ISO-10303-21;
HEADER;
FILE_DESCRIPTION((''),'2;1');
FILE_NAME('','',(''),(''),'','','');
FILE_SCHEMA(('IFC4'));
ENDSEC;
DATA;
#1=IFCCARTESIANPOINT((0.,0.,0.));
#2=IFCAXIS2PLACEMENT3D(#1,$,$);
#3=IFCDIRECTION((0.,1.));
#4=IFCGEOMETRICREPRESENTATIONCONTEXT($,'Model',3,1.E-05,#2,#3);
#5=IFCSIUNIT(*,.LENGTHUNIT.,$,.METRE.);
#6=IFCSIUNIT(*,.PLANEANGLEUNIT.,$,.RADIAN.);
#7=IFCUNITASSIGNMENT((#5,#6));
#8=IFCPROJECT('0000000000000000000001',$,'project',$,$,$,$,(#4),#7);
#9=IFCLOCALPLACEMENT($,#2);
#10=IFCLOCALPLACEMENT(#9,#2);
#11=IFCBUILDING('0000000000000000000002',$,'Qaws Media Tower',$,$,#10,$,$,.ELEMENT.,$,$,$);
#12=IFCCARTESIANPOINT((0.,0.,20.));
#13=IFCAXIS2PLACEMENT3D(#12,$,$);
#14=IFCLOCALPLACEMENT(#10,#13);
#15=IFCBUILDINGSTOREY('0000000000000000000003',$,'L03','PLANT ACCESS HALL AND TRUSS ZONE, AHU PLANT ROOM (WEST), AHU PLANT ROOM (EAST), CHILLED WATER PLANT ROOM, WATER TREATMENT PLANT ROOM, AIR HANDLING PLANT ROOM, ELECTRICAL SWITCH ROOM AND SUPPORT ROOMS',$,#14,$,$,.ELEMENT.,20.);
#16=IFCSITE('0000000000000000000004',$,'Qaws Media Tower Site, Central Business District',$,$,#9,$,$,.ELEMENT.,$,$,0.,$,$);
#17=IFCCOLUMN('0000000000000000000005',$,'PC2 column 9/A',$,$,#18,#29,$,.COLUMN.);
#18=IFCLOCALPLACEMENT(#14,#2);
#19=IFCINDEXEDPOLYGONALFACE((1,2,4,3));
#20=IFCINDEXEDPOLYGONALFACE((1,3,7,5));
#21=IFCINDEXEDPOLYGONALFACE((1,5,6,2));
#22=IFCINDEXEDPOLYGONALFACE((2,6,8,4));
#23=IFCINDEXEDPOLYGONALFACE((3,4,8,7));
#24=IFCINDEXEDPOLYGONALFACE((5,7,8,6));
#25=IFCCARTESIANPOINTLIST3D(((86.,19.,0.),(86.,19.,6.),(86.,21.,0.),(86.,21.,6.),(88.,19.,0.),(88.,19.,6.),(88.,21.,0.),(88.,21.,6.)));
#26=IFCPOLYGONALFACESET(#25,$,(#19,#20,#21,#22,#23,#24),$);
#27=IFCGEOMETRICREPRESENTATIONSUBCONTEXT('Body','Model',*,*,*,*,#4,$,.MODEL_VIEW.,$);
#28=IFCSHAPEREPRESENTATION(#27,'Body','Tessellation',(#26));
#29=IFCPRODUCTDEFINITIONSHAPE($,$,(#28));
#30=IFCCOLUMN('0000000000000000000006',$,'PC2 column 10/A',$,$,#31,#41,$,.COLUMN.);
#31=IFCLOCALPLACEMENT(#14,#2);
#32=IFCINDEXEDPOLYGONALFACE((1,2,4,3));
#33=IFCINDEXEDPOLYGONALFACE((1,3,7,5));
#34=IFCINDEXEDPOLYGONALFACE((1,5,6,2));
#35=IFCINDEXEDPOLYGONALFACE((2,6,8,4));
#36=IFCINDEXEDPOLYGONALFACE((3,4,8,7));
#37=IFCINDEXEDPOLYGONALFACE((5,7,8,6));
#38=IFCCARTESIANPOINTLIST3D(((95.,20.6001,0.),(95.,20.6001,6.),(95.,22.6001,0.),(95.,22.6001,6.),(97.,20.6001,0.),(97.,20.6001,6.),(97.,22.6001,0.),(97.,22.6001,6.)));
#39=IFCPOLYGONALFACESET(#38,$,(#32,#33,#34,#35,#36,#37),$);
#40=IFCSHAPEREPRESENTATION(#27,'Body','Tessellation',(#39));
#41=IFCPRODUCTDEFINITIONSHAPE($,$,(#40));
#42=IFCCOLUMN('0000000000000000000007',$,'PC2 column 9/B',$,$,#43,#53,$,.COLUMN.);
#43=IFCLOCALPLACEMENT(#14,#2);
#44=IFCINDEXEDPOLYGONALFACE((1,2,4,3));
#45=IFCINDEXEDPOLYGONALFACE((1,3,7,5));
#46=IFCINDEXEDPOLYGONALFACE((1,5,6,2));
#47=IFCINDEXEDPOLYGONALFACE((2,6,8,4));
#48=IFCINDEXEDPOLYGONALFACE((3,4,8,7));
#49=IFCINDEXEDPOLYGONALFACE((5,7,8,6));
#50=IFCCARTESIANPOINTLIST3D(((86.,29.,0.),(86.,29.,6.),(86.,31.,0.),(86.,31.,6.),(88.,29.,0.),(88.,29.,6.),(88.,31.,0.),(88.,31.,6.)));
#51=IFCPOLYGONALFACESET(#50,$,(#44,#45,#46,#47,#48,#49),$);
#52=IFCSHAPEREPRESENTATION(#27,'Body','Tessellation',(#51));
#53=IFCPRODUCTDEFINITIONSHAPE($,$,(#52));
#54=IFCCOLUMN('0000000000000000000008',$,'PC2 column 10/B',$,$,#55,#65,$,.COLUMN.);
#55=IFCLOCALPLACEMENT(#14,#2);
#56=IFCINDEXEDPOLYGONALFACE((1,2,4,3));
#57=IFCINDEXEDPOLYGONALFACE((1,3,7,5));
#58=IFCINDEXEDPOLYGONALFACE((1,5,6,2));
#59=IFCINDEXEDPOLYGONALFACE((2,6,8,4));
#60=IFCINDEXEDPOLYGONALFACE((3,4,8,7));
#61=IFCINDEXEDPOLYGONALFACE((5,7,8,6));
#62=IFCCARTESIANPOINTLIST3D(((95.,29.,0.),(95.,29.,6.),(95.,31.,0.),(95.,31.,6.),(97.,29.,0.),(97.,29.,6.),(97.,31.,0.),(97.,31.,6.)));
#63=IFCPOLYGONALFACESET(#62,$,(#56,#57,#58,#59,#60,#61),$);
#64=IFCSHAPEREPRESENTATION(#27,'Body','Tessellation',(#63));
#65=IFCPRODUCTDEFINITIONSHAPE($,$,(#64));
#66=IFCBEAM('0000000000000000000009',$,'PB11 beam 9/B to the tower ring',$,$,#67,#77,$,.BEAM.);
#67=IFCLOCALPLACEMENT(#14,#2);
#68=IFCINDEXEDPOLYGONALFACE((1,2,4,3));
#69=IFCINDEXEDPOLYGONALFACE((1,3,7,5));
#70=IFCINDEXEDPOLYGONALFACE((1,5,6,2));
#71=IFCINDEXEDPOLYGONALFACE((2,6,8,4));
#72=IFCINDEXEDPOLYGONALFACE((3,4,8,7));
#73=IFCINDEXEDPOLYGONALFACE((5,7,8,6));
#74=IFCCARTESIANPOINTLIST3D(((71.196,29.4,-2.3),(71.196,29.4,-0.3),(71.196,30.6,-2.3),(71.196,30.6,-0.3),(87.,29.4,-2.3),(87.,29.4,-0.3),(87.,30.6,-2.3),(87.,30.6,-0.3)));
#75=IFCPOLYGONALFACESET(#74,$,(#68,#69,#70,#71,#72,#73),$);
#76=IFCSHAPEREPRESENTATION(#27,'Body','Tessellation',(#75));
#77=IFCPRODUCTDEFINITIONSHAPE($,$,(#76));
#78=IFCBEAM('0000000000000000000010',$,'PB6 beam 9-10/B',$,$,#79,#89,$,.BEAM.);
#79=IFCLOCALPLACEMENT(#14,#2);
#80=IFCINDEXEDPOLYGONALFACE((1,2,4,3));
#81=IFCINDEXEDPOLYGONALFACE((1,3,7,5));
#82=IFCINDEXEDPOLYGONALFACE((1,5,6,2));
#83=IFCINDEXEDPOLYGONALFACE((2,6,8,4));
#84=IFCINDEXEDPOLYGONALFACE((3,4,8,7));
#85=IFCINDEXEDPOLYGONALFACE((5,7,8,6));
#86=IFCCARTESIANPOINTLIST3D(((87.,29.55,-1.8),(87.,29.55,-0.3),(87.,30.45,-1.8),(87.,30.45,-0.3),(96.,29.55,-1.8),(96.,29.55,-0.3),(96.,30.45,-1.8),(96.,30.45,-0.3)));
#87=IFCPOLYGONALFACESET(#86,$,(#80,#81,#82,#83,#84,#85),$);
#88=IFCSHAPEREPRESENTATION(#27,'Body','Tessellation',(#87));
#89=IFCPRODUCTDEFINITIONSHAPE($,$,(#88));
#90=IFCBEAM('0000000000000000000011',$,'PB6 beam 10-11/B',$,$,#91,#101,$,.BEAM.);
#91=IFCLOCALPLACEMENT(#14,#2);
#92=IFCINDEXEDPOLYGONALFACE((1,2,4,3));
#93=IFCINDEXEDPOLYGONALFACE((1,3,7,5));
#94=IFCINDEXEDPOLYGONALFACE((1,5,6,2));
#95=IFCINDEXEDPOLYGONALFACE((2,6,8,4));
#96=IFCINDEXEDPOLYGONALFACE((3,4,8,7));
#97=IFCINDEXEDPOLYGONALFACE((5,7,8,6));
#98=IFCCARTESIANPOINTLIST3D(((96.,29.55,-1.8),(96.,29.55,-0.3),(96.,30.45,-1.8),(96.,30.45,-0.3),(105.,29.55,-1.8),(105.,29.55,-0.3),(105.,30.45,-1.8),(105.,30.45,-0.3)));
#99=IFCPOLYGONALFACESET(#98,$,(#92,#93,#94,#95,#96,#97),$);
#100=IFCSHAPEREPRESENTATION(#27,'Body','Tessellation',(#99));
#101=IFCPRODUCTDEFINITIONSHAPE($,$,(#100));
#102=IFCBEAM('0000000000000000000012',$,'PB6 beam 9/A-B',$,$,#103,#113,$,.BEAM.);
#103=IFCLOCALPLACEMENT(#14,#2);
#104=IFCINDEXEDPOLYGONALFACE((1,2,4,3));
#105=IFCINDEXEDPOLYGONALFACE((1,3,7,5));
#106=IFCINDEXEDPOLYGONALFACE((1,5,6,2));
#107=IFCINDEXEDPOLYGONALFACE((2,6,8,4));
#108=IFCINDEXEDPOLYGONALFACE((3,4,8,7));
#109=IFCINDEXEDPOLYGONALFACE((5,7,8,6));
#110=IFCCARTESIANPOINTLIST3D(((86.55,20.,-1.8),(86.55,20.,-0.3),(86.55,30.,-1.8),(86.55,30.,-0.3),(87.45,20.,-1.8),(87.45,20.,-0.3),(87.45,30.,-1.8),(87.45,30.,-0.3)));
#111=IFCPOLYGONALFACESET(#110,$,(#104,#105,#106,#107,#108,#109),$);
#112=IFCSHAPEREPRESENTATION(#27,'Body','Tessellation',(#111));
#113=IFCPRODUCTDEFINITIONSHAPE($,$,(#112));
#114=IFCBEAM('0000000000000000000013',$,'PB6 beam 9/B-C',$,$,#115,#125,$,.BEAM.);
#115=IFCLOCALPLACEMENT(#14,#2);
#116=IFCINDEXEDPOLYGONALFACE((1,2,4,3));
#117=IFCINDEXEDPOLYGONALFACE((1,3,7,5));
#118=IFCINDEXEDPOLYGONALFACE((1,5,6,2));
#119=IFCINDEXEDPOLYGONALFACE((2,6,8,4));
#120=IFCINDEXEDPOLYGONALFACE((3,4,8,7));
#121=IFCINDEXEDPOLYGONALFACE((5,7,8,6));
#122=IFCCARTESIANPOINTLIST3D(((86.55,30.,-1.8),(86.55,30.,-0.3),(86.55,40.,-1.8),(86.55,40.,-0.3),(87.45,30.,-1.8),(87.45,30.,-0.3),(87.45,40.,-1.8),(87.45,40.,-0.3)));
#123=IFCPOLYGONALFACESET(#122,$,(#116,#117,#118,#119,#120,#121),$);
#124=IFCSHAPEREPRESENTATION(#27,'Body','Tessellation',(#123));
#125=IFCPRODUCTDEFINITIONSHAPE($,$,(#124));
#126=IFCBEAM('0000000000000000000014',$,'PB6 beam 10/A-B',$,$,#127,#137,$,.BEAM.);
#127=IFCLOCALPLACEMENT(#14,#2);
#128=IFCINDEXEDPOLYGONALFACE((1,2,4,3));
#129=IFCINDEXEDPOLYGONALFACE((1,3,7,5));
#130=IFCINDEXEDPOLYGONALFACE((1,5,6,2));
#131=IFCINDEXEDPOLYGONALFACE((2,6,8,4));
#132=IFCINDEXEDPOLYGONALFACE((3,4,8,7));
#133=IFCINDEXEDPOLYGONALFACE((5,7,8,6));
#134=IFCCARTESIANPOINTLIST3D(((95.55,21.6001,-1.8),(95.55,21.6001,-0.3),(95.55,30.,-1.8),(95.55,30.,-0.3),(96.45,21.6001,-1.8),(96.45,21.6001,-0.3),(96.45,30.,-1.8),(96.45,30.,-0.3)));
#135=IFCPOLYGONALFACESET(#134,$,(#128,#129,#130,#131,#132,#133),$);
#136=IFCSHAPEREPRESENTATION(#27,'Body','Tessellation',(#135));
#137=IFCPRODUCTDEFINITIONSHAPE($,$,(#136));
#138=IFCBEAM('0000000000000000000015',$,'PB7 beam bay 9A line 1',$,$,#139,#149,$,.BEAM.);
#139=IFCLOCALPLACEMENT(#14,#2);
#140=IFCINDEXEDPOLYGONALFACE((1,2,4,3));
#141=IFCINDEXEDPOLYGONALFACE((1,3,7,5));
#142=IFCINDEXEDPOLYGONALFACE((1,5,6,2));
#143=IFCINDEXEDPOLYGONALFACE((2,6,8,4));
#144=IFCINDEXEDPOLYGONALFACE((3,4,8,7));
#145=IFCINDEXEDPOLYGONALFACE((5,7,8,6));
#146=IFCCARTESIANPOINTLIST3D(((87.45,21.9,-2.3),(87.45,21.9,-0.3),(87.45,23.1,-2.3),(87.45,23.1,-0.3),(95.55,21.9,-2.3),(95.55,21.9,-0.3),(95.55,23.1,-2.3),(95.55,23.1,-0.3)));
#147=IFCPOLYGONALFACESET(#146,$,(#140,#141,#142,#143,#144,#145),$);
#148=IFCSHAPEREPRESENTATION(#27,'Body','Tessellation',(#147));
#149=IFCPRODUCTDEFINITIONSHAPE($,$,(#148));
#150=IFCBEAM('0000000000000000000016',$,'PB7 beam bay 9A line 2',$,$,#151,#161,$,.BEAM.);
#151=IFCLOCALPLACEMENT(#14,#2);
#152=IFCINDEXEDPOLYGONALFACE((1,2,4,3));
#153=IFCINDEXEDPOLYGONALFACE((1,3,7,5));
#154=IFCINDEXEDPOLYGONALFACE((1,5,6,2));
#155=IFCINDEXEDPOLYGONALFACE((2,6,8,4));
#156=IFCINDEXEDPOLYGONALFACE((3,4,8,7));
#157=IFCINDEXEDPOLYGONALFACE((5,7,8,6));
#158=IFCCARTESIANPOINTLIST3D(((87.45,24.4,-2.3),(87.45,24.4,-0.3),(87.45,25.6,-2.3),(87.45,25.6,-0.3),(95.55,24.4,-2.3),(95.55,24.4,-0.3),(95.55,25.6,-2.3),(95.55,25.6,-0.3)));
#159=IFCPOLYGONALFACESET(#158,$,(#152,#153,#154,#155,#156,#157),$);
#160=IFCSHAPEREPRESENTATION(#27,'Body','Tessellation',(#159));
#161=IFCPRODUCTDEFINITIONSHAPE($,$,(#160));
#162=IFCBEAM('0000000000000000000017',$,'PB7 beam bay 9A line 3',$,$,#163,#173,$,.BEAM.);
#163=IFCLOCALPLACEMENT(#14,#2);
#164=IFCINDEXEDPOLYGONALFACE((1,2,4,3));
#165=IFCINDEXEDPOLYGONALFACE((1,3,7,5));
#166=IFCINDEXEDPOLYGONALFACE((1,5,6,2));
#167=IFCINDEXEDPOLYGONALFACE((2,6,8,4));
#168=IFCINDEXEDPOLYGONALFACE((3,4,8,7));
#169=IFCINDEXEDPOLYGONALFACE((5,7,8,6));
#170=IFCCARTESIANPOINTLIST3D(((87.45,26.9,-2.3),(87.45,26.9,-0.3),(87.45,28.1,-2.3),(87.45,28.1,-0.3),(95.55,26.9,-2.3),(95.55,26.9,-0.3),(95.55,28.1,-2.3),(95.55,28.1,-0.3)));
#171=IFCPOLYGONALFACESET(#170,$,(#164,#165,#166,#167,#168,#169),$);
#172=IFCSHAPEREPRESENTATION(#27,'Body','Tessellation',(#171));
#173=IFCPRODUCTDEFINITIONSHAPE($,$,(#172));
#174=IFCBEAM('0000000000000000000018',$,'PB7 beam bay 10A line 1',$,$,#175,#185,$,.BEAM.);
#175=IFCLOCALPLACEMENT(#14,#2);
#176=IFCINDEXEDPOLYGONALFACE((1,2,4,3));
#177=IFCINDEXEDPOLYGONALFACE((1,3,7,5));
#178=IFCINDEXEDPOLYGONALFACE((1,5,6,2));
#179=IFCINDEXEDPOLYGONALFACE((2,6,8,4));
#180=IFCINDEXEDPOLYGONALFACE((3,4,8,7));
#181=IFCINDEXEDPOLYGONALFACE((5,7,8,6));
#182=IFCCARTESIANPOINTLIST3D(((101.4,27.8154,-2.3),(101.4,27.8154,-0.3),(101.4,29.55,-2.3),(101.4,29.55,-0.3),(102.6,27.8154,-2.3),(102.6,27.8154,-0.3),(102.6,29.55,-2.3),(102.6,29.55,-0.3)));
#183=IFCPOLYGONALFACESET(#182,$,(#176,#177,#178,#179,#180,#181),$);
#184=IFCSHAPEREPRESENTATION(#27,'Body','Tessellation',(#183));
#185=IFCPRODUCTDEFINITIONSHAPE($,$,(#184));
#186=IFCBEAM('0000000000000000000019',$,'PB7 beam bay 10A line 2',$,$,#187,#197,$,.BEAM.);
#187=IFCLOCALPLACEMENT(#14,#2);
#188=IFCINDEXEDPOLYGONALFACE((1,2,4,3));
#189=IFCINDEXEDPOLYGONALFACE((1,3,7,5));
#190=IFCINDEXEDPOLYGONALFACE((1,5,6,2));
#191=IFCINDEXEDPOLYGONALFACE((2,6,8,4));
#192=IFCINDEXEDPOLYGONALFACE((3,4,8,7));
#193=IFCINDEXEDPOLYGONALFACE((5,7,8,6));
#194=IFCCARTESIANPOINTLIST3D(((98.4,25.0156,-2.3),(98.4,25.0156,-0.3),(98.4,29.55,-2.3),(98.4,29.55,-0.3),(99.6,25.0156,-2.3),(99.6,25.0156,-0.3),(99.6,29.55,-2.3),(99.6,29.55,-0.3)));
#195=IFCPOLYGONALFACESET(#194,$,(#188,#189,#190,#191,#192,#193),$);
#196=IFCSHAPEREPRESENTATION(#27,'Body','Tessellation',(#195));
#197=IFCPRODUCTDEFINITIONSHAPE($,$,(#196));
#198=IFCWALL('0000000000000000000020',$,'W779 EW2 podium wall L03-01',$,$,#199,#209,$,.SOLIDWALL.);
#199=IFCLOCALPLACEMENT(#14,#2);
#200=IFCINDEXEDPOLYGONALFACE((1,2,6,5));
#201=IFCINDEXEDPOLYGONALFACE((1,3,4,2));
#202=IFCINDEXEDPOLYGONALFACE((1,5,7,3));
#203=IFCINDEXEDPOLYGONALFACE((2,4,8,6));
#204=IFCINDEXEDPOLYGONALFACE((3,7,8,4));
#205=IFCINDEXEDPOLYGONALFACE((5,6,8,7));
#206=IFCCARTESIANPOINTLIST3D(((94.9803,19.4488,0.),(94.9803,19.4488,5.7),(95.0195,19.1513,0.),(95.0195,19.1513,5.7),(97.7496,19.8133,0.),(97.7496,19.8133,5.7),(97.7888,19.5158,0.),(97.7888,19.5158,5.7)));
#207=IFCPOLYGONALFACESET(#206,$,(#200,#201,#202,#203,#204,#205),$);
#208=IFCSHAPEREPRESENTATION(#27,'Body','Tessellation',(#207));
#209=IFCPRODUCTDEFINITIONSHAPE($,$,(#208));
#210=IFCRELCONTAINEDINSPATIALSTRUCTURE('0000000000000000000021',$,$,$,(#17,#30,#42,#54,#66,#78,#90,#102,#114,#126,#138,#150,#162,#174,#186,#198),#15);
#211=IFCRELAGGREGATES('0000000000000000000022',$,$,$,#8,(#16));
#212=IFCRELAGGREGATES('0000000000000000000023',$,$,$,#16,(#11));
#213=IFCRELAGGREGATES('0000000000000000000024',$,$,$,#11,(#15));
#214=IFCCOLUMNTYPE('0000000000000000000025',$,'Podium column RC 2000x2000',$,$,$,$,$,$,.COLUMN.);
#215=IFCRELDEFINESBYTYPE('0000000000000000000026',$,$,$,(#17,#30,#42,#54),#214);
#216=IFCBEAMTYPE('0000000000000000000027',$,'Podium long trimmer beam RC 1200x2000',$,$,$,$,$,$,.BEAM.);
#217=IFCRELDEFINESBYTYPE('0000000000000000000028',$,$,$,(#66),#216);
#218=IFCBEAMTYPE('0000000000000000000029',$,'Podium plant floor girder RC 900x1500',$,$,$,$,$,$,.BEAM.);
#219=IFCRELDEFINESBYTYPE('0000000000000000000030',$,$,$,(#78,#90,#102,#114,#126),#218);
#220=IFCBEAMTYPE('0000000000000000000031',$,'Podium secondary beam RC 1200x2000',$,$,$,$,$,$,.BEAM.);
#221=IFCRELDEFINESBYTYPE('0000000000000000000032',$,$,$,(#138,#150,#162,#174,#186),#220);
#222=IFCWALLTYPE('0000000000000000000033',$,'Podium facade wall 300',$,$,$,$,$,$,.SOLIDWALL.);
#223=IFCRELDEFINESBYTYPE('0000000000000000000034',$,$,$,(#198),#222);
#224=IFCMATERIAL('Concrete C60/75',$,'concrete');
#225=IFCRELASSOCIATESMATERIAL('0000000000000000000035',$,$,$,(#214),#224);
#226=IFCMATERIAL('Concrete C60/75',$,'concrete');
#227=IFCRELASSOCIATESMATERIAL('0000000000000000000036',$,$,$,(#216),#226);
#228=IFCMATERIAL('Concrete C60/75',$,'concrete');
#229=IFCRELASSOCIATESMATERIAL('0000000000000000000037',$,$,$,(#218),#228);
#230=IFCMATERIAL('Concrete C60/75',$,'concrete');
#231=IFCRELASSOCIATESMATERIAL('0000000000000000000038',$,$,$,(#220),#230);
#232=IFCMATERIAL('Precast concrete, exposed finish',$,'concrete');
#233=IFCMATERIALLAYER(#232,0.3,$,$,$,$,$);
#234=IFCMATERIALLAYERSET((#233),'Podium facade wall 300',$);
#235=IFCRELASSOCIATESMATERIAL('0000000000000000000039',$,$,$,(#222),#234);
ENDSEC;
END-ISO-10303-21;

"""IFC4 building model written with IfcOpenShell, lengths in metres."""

from ifc_helpers import new_model, si_unit, direction, frame, frame_2d, origin, origin_2d, place, context, subcontext, project, spatial, rectangle, extrude, material, layer, layer_set, material_profile, profile_set, type_object, element, save


model = new_model("IFC4")

# Units and contexts
model_context = context("Model", 3, precision=1e-05, world=origin(), true_north=direction((0.0, 1.0)))
body_context = subcontext(model_context, "Body", "Model", "MODEL_VIEW")
ifc_project = project(units=[si_unit("LENGTHUNIT", "METRE"), si_unit("PLANEANGLEUNIT", "RADIAN")], contexts=[model_context])

# Site, building, storey
site_placement = place(None, origin())
site = spatial("IfcSite", under=ifc_project, at=site_placement, Name="Qaws Media Tower Site, Central Business District", CompositionType="ELEMENT", RefElevation=0.0)
building_placement = place(site_placement, origin())
building = spatial("IfcBuilding", under=site, at=building_placement, Name="Qaws Media Tower", CompositionType="ELEMENT")
storey_placement = place(building_placement, frame((0.0, 0.0, 20.0)))
storey = spatial("IfcBuildingStorey", under=building, at=storey_placement, Name="L03", Description="PLANT ACCESS HALL AND TRUSS ZONE, AHU PLANT ROOM (WEST), AHU PLANT ROOM (EAST), CHILLED WATER PLANT ROOM, WATER TREATMENT PLANT ROOM, AIR HANDLING PLANT ROOM, ELECTRICAL SWITCH ROOM AND SUPPORT ROOMS", CompositionType="ELEMENT", Elevation=20.0)

# Columns
ifc_material_1 = material(Name="Concrete C60/75", Category="concrete")
ifc_material_profile_1 = material_profile(ifc_material_1, rectangle(XDim=2.0, YDim=2.0, at=origin_2d()), Name="RC 2000x2000")
ifc_profile_set_1 = profile_set([ifc_material_profile_1], Name="Concrete C60/75")
column_type = type_object("IfcColumnType", Name="Podium column RC 2000x2000", PredefinedType="COLUMN", material=ifc_profile_set_1)
for number, where, z_axis, x_axis, name in (
    (1, (87.0, 20.0, 0.0), (0.0, 0.0, 1.0), (1.0, 0.0, 0.0), "PC2 column 9/A"),
    (2, (96.0, 21.6001, 0.0), (0.0, 0.0, 1.0), (1.0, 0.0, 0.0), "PC2 column 10/A"),
    (3, (87.0, 30.0, 0.0), (0.0, 0.0, 1.0), (1.0, 0.0, 0.0), "PC2 column 9/B"),
    (4, (96.0, 30.0, 0.0), (0.0, 0.0, 1.0), (1.0, 0.0, 0.0), "PC2 column 10/B"),
):
    element("IfcColumn", number, at=place(storey_placement, frame(where, z_axis=z_axis, x_axis=x_axis)), inside=storey, type_object=column_type, Name=name, PredefinedType="COLUMN", context=body_context, shape_type="SweptSolid", body=[
        extrude(rectangle(XDim=2.0, YDim=2.0, at=origin_2d()), origin(), (0.0, 0.0, 1.0), 6.0),
    ])

# Beams
ifc_material_2 = material(Name="Concrete C60/75", Category="concrete")
ifc_material_profile_2 = material_profile(ifc_material_2, rectangle(XDim=1.2, YDim=2.0, at=origin_2d()), Name="RC 1200x2000")
ifc_profile_set_2 = profile_set([ifc_material_profile_2], Name="Concrete C60/75")
beam_type_1 = type_object("IfcBeamType", Name="Podium long trimmer beam RC 1200x2000", PredefinedType="BEAM", material=ifc_profile_set_2)
beam_1_placement = place(storey_placement, frame((87.0, 30.0, -1.3), z_axis=(-1.0, 0.0, 0.0), x_axis=(0.0, -1.0, 0.0)))
element("IfcBeam", 5, at=beam_1_placement, inside=storey, type_object=beam_type_1, Name="PB11 beam 9/B to the tower ring", PredefinedType="BEAM", context=body_context, shape_type="SweptSolid", body=[
    extrude(rectangle(XDim=1.2, YDim=2.0, at=origin_2d()), origin(), (0.0, 0.0, 1.0), 15.804),
])
ifc_material_3 = material(Name="Concrete C60/75", Category="concrete")
ifc_material_profile_3 = material_profile(ifc_material_3, rectangle(XDim=0.8999, YDim=1.5, at=origin_2d()), Name="RC 900x1500")
ifc_profile_set_3 = profile_set([ifc_material_profile_3], Name="Concrete C60/75")
beam_type_2 = type_object("IfcBeamType", Name="Podium plant floor girder RC 900x1500", PredefinedType="BEAM", material=ifc_profile_set_3)
for number, where, z_axis, x_axis, name in (
    (6, (87.0, 30.0, -1.05), (1.0, 0.0, 0.0), (0.0, 1.0, 0.0), "PB6 beam 9-10/B"),
    (7, (96.0, 30.0, -1.05), (1.0, 0.0, 0.0), (0.0, 1.0, 0.0), "PB6 beam 10-11/B"),
):
    element("IfcBeam", number, at=place(storey_placement, frame(where, z_axis=z_axis, x_axis=x_axis)), inside=storey, type_object=beam_type_2, Name=name, PredefinedType="BEAM", context=body_context, shape_type="SweptSolid", body=[
        extrude(rectangle(XDim=0.8999, YDim=1.5, at=origin_2d()), origin(), (0.0, 0.0, 1.0), 9.0),
    ])
for number, where, z_axis, x_axis, name in (
    (8, (87.0, 20.0, -1.05), (0.0, 1.0, 0.0), (-1.0, 0.0, 0.0), "PB6 beam 9/A-B"),
    (9, (87.0, 30.0, -1.05), (0.0, 1.0, 0.0), (-1.0, 0.0, 0.0), "PB6 beam 9/B-C"),
):
    element("IfcBeam", number, at=place(storey_placement, frame(where, z_axis=z_axis, x_axis=x_axis)), inside=storey, type_object=beam_type_2, Name=name, PredefinedType="BEAM", context=body_context, shape_type="SweptSolid", body=[
        extrude(rectangle(XDim=0.8999, YDim=1.5, at=origin_2d()), origin(), (0.0, 0.0, 1.0), 10.0),
    ])
beam_2_placement = place(storey_placement, frame((96.0, 21.6001, -1.05), z_axis=(0.0, 1.0, 0.0), x_axis=(-1.0, 0.0, 0.0)))
element("IfcBeam", 10, at=beam_2_placement, inside=storey, type_object=beam_type_2, Name="PB6 beam 10/A-B", PredefinedType="BEAM", context=body_context, shape_type="SweptSolid", body=[
    extrude(rectangle(XDim=0.8999, YDim=1.5, at=origin_2d()), origin(), (0.0, 0.0, 1.0), 8.3999),
])
ifc_material_4 = material(Name="Concrete C60/75", Category="concrete")
ifc_material_profile_4 = material_profile(ifc_material_4, rectangle(XDim=1.2, YDim=2.0, at=origin_2d()), Name="RC 1200x2000")
ifc_profile_set_4 = profile_set([ifc_material_profile_4], Name="Concrete C60/75")
beam_type_3 = type_object("IfcBeamType", Name="Podium secondary beam RC 1200x2000", PredefinedType="BEAM", material=ifc_profile_set_4)
for number, where, z_axis, x_axis, name in (
    (11, (87.45, 22.5, -1.3), (1.0, 0.0, 0.0), (0.0, 1.0, 0.0), "PB7 beam bay 9A line 1"),
    (12, (87.45, 25.0, -1.3), (1.0, 0.0, 0.0), (0.0, 1.0, 0.0), "PB7 beam bay 9A line 2"),
    (13, (87.45, 27.5, -1.3), (1.0, 0.0, 0.0), (0.0, 1.0, 0.0), "PB7 beam bay 9A line 3"),
):
    element("IfcBeam", number, at=place(storey_placement, frame(where, z_axis=z_axis, x_axis=x_axis)), inside=storey, type_object=beam_type_3, Name=name, PredefinedType="BEAM", context=body_context, shape_type="SweptSolid", body=[
        extrude(rectangle(XDim=1.2, YDim=2.0, at=origin_2d()), origin(), (0.0, 0.0, 1.0), 8.1001),
    ])
beam_3_placement = place(storey_placement, frame((102.0, 27.8154, -1.3), z_axis=(0.0, 1.0, 0.0), x_axis=(-1.0, 0.0, 0.0)))
element("IfcBeam", 14, at=beam_3_placement, inside=storey, type_object=beam_type_3, Name="PB7 beam bay 10A line 1", PredefinedType="BEAM", context=body_context, shape_type="SweptSolid", body=[
    extrude(rectangle(XDim=1.2, YDim=2.0, at=origin_2d()), origin(), (0.0, 0.0, 1.0), 1.7346),
])
beam_4_placement = place(storey_placement, frame((99.0, 25.0156, -1.3), z_axis=(0.0, 1.0, 0.0), x_axis=(-1.0, 0.0, 0.0)))
element("IfcBeam", 15, at=beam_4_placement, inside=storey, type_object=beam_type_3, Name="PB7 beam bay 10A line 2", PredefinedType="BEAM", context=body_context, shape_type="SweptSolid", body=[
    extrude(rectangle(XDim=1.2, YDim=2.0, at=origin_2d()), origin(), (0.0, 0.0, 1.0), 4.5344),
])

# Wall
ifc_material_5 = material(Name="Precast concrete, exposed finish", Category="concrete")
ifc_layer = layer(ifc_material_5, 0.3)
ifc_layer_set = layer_set([ifc_layer], Name="Podium facade wall 300")
wall_type = type_object("IfcWallType", Name="Podium facade wall 300", PredefinedType="SOLIDWALL", material=ifc_layer_set)
wall_1_placement = place(storey_placement, frame((95.0, 19.3, 0.0), z_axis=(0.0, 0.0, 1.0), x_axis=(0.991449, 0.130497, 0.0)))
element("IfcWall", 16, at=wall_1_placement, inside=storey, type_object=wall_type, Name="W779 EW2 podium wall L03-01", PredefinedType="SOLIDWALL", context=body_context, shape_type="SweptSolid", body=[
    extrude(rectangle(XDim=2.7932, YDim=0.3, at=frame_2d((1.3965, 0.0))), origin(), (0.0, 0.0, 1.0), 5.7),
])

save(model, "model.ifc")
